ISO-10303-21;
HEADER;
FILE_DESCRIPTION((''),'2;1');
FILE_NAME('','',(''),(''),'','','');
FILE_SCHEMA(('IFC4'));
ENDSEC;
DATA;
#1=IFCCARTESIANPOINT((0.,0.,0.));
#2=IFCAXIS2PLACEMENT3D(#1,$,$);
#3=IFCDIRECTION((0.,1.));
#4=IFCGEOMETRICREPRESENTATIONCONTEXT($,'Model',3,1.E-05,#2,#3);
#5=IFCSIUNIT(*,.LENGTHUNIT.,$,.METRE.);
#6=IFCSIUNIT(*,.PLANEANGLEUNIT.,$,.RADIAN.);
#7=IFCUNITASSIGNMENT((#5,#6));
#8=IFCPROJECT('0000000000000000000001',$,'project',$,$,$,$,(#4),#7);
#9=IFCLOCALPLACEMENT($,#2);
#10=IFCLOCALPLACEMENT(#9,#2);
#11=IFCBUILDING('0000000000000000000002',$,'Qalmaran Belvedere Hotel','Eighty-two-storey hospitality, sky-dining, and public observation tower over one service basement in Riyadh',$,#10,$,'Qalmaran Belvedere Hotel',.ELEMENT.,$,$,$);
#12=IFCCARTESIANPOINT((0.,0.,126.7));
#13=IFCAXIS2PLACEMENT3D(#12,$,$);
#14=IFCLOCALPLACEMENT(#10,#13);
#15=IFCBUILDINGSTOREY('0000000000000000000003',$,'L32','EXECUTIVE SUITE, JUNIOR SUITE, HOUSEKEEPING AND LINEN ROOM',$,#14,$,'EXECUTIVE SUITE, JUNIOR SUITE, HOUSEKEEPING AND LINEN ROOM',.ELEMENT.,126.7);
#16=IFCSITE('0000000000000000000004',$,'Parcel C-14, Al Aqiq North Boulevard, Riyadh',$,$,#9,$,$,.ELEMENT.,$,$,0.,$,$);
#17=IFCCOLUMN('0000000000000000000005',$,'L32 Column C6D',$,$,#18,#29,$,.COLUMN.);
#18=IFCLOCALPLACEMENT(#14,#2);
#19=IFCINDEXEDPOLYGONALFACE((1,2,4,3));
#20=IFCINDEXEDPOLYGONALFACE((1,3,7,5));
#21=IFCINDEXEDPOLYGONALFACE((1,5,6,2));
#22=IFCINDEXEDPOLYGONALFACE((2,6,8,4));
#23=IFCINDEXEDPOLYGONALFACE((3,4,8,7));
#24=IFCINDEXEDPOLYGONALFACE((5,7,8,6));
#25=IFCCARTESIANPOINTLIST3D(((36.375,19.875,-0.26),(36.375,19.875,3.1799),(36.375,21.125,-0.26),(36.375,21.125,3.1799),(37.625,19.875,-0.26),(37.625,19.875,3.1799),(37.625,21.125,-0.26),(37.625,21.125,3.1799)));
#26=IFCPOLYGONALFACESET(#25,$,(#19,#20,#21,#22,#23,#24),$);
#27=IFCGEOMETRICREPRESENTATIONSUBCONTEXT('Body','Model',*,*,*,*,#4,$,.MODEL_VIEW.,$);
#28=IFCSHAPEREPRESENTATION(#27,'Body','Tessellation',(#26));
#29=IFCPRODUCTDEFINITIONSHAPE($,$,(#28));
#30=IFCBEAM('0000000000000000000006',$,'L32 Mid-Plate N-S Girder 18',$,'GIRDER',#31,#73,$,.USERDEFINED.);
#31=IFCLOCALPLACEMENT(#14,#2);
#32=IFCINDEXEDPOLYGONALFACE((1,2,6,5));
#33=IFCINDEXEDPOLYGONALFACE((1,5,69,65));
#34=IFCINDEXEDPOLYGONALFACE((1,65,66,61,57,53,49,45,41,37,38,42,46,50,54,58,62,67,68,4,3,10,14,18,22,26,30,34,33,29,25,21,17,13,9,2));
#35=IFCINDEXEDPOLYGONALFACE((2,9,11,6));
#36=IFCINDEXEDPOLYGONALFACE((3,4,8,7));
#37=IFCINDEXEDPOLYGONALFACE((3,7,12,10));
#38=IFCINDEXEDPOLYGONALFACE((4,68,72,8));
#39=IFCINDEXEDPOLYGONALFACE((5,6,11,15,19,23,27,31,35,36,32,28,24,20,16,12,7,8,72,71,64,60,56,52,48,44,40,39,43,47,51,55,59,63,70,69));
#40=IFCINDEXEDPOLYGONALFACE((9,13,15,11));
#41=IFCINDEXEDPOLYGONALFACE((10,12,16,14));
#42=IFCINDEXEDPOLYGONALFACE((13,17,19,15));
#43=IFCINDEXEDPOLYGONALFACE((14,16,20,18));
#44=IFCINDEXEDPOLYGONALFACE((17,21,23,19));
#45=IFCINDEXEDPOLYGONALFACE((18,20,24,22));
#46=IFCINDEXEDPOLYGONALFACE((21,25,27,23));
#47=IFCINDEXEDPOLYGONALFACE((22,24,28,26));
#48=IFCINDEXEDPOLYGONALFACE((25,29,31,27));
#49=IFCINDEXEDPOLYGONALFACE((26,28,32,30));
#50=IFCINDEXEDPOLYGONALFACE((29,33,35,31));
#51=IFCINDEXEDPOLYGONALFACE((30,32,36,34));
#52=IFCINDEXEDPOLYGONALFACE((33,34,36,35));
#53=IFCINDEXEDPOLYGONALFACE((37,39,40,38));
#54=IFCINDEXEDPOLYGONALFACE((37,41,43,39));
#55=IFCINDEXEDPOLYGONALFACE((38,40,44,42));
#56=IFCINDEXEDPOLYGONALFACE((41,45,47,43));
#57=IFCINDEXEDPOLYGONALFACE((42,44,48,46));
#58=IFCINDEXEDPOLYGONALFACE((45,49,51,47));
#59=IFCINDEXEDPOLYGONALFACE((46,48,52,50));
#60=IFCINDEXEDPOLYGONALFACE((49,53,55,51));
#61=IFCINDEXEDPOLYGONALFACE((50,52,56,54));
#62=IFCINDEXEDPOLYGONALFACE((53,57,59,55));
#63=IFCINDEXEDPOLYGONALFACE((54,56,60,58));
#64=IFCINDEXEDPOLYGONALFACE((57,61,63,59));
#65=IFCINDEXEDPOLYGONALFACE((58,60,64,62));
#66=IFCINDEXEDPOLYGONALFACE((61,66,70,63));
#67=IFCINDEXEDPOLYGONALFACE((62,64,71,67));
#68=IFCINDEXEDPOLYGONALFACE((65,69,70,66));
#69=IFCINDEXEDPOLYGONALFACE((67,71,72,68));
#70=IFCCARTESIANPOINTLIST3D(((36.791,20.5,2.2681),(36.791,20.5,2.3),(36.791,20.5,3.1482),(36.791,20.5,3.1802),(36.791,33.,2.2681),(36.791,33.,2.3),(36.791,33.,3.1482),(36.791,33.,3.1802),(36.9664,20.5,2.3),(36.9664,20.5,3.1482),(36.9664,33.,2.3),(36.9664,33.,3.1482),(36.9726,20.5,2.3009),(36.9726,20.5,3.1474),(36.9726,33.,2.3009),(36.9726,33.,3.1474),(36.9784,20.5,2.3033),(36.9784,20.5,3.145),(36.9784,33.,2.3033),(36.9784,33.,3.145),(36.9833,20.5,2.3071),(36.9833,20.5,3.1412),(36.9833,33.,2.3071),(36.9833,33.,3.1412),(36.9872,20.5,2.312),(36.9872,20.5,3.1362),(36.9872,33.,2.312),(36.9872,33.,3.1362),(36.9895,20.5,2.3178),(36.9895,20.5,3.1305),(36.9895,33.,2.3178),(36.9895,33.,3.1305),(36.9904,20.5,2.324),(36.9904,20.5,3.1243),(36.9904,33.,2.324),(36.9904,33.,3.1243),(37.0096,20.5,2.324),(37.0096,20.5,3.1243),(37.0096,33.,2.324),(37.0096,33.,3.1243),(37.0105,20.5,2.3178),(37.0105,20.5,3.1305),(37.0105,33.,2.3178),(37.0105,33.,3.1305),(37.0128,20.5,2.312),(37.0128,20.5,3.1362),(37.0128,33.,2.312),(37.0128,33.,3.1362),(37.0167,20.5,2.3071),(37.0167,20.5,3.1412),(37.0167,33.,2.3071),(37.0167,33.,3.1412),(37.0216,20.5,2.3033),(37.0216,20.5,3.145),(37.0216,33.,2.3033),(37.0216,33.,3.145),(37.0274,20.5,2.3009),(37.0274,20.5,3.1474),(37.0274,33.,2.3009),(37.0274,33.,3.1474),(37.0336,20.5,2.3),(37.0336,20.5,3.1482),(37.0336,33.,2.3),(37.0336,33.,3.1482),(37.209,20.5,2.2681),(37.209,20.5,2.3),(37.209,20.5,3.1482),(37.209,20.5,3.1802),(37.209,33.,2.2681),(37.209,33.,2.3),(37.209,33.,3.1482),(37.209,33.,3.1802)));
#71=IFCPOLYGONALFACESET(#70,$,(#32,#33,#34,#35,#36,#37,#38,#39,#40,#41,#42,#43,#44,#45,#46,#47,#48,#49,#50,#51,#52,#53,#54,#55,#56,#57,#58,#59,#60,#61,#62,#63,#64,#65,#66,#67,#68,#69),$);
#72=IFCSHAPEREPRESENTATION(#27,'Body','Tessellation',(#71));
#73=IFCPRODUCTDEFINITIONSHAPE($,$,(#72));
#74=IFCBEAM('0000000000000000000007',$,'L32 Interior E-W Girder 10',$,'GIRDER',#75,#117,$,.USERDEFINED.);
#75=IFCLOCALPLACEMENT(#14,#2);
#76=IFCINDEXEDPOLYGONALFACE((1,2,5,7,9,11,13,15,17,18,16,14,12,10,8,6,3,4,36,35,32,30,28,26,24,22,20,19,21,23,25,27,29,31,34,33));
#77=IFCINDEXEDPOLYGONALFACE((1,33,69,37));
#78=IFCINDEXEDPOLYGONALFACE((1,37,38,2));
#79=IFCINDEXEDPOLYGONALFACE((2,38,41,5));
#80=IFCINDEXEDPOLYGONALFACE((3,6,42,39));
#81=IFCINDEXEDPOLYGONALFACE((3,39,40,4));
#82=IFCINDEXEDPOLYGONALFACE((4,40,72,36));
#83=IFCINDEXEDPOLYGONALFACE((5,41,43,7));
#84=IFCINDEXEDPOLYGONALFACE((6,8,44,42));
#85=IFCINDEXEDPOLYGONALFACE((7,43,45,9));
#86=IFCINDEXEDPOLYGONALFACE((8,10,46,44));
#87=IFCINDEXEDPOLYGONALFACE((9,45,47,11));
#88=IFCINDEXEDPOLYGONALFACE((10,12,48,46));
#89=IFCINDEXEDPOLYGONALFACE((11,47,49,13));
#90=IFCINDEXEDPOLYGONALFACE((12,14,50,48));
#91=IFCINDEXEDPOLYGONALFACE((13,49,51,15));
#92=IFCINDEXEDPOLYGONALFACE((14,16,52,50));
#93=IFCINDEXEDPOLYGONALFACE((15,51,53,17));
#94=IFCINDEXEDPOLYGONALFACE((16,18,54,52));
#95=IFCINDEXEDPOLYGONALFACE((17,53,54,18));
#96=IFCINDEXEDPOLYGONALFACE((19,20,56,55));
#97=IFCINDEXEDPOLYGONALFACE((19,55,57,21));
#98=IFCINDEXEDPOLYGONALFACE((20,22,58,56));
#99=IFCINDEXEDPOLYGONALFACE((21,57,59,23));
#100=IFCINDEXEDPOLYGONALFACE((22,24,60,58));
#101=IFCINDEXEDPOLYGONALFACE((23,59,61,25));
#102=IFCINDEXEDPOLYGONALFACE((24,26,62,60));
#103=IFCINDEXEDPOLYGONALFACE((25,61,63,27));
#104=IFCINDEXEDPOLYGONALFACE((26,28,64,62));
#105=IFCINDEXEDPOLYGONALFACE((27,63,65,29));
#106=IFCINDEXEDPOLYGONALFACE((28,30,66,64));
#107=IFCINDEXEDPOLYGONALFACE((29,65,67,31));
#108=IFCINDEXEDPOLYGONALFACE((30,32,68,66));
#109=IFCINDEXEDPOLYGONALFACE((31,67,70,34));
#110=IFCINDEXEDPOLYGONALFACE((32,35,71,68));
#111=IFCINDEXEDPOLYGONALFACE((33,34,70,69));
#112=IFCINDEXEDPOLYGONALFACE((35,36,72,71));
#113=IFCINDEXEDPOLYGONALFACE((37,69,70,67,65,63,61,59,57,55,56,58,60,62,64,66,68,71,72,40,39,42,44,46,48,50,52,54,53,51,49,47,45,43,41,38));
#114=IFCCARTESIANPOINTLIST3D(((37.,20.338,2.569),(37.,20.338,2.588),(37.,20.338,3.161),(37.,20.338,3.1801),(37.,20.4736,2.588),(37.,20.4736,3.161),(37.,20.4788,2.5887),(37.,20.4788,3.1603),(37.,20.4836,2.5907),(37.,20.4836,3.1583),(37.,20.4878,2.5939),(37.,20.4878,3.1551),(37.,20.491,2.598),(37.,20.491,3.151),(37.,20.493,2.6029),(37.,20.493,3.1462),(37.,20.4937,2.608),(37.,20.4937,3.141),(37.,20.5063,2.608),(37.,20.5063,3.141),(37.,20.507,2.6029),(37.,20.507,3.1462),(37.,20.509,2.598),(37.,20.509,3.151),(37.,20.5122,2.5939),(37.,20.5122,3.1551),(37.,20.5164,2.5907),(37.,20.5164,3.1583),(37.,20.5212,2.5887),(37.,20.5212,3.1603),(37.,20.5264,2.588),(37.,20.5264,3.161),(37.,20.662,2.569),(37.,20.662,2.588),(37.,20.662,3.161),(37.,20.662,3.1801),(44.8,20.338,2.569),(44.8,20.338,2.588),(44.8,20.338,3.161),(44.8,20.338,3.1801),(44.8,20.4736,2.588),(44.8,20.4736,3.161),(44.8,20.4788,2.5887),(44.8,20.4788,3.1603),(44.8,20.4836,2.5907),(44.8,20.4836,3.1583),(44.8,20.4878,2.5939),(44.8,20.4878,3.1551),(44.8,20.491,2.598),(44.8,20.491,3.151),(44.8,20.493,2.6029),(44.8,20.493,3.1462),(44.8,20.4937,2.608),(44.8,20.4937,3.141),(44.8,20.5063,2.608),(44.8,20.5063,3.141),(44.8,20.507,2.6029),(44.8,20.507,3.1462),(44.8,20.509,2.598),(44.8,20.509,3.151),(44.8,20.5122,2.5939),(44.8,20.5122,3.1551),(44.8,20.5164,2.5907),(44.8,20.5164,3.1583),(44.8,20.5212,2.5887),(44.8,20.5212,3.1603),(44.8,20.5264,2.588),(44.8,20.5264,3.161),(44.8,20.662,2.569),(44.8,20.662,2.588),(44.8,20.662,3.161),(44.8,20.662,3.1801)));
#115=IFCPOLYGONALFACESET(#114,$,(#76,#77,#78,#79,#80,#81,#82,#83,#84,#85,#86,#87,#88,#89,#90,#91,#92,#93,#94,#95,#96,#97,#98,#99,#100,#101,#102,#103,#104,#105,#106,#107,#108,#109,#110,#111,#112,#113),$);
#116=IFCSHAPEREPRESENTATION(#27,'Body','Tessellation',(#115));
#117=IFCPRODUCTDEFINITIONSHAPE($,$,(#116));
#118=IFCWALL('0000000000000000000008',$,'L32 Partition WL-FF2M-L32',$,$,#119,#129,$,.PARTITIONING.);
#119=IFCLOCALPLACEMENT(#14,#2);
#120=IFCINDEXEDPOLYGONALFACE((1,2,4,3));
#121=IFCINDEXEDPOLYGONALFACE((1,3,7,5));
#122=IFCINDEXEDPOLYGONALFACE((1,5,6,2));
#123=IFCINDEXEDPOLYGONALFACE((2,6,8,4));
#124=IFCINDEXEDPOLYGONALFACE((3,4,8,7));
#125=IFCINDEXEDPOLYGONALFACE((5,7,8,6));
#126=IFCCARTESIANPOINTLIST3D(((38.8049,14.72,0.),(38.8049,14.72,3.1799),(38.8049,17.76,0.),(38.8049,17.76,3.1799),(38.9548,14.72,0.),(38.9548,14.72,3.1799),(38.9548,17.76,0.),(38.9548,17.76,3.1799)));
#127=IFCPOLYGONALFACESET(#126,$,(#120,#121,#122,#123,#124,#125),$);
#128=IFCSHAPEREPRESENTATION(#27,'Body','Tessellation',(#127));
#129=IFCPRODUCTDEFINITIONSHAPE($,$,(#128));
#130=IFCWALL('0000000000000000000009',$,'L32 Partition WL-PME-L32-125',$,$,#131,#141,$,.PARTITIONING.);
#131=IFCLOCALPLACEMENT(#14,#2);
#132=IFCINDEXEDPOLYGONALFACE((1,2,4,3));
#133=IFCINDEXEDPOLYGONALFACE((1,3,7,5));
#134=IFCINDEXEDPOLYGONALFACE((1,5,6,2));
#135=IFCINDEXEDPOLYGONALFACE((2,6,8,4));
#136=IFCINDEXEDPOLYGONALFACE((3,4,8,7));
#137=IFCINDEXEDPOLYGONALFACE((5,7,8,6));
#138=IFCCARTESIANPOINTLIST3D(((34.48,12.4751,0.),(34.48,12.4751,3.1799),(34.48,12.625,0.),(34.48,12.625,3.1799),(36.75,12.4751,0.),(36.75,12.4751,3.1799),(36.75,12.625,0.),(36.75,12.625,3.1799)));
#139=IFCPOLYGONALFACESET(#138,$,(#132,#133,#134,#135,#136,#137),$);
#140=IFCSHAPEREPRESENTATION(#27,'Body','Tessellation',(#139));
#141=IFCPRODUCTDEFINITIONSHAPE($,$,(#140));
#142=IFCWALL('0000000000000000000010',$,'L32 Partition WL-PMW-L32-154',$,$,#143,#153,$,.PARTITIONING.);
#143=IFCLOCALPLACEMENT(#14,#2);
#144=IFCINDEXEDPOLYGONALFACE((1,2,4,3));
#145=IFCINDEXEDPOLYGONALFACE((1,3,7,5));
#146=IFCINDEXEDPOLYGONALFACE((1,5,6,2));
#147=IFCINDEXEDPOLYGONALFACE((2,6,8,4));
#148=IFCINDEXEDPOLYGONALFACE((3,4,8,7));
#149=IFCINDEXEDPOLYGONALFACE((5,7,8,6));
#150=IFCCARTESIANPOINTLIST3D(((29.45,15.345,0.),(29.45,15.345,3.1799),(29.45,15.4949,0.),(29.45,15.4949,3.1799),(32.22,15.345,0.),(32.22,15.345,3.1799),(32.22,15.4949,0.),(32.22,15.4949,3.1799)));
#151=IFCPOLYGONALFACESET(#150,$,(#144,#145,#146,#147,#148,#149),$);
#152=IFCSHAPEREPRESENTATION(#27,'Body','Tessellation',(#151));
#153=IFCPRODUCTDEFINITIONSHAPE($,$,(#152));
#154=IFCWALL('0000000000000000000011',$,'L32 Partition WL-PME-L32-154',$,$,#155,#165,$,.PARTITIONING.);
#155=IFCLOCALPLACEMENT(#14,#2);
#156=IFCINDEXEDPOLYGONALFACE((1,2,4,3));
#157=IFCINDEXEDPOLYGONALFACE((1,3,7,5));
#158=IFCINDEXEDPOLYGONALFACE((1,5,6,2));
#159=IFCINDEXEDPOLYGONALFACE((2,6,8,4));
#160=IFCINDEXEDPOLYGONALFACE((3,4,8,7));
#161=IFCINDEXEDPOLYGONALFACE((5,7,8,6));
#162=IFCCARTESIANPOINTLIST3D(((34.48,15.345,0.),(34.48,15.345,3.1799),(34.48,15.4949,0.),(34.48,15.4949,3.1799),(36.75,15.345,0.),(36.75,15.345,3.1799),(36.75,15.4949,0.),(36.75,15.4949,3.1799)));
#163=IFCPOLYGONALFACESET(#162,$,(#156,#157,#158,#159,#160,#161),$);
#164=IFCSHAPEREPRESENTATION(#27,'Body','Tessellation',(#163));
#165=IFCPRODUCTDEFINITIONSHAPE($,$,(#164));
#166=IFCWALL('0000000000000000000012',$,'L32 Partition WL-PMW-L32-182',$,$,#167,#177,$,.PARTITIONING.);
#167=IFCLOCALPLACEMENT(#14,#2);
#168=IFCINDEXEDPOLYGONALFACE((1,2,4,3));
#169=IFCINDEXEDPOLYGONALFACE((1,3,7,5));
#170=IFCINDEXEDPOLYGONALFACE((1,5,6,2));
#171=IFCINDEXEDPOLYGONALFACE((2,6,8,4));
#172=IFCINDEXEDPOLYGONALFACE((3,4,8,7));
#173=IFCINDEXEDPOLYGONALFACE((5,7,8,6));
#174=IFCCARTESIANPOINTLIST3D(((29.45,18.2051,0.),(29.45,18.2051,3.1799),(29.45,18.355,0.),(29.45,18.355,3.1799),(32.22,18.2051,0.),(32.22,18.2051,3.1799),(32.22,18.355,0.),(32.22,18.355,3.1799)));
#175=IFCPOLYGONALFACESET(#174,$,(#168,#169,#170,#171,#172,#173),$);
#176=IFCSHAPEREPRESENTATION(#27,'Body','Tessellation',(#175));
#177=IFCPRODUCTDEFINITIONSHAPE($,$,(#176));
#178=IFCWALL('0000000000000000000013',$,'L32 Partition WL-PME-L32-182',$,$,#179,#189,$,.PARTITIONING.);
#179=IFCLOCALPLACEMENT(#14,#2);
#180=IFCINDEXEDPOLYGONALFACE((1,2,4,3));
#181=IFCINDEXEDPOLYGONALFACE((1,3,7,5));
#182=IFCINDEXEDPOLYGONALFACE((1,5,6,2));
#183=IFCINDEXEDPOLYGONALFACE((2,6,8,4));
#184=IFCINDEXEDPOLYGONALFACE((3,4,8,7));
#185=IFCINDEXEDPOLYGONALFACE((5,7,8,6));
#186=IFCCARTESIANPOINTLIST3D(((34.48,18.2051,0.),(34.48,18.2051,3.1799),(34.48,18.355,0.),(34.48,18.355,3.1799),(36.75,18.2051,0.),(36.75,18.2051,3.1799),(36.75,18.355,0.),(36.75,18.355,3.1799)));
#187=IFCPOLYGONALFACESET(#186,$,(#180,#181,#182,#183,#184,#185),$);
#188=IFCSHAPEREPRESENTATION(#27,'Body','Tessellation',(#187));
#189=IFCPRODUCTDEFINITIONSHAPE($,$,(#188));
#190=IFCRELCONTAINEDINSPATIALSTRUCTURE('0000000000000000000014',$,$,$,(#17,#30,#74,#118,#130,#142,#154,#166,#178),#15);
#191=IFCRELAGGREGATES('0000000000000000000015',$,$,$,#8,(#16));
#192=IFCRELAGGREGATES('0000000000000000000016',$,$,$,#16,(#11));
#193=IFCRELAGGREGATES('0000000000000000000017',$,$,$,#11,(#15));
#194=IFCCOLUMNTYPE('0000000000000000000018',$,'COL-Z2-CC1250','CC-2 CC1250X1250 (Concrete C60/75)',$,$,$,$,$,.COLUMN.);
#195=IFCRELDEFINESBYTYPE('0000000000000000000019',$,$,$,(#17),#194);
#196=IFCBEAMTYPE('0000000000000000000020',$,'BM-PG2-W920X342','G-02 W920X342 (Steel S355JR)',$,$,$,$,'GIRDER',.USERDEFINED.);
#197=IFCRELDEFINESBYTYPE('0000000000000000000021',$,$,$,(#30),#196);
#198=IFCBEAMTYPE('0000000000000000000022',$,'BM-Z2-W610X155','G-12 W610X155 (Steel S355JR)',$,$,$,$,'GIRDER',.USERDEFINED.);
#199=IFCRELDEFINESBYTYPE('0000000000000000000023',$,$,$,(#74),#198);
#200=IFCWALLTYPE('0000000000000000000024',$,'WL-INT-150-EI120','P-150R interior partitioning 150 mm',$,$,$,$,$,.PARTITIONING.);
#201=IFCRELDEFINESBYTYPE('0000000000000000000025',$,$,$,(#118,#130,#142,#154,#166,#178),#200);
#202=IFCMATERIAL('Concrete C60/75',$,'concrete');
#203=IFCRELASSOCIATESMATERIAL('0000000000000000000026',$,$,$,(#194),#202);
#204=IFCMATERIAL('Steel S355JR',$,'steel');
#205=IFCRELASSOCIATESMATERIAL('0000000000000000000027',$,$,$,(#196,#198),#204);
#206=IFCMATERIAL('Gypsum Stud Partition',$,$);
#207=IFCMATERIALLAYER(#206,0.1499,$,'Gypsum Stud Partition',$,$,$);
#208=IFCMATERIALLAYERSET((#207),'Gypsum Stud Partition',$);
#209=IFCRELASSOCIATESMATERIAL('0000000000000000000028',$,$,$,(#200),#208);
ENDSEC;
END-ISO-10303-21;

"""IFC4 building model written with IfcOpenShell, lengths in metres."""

from ifc_helpers import new_model, si_unit, direction, frame, frame_2d, origin, origin_2d, place, context, subcontext, project, spatial, rectangle, i_section, extrude, material, layer, layer_set, material_profile, profile_set, type_object, element, save


model = new_model("IFC4")

# Units and contexts
model_context = context("Model", 3, precision=1e-05, world=origin(), true_north=direction((0.0, 1.0)))
body_context = subcontext(model_context, "Body", "Model", "MODEL_VIEW")
ifc_project = project(units=[si_unit("LENGTHUNIT", "METRE"), si_unit("PLANEANGLEUNIT", "RADIAN")], contexts=[model_context])

# Site, building, storey
site_placement = place(None, origin())
site = spatial("IfcSite", under=ifc_project, at=site_placement, Name="Parcel C-14, Al Aqiq North Boulevard, Riyadh", CompositionType="ELEMENT", RefElevation=0.0)
building_placement = place(site_placement, origin())
building = spatial("IfcBuilding", under=site, at=building_placement, Name="Qalmaran Belvedere Hotel", Description="Eighty-two-storey hospitality, sky-dining, and public observation tower over one service basement in Riyadh", LongName="Qalmaran Belvedere Hotel", CompositionType="ELEMENT")
storey_placement = place(building_placement, frame((0.0, 0.0, 126.7)))
storey = spatial("IfcBuildingStorey", under=building, at=storey_placement, Name="L32", Description="EXECUTIVE SUITE, JUNIOR SUITE, HOUSEKEEPING AND LINEN ROOM", LongName="EXECUTIVE SUITE, JUNIOR SUITE, HOUSEKEEPING AND LINEN ROOM", CompositionType="ELEMENT", Elevation=126.7)

# Column
ifc_material_1 = material(Name="Concrete C60/75", Category="concrete")
ifc_material_profile_1 = material_profile(ifc_material_1, rectangle(XDim=1.25, YDim=1.25, at=origin_2d()), Name="CC1250X1250")
ifc_profile_set_1 = profile_set([ifc_material_profile_1], Name="Concrete C60/75")
column_type = type_object("IfcColumnType", Name="COL-Z2-CC1250", Description="CC-2 CC1250X1250 (Concrete C60/75)", PredefinedType="COLUMN", material=ifc_profile_set_1)
column_placement = place(storey_placement, frame((37.0, 20.5, -0.26), z_axis=(0.0, 0.0, 1.0), x_axis=(1.0, 0.0, 0.0)))
element("IfcColumn", 1, at=column_placement, inside=storey, type_object=column_type, Name="L32 Column C6D", PredefinedType="COLUMN", context=body_context, shape_type="SweptSolid", body=[
    extrude(rectangle(XDim=1.25, YDim=1.25, at=origin_2d()), origin(), (0.0, 0.0, 1.0), 3.4399),
])

# Beams
ifc_material_2 = material(Name="Steel S355JR", Category="steel")
ifc_material_profile_2 = material_profile(ifc_material_2, i_section(OverallWidth=0.418, OverallDepth=0.9121, WebThickness=0.0193, FlangeThickness=0.032, FilletRadius=0.0239, at=origin_2d()), Name="W920X342")
ifc_profile_set_2 = profile_set([ifc_material_profile_2], Name="Steel S355JR")
beam_type_1 = type_object("IfcBeamType", Name="BM-PG2-W920X342", Description="G-02 W920X342 (Steel S355JR)", ElementType="GIRDER", PredefinedType="USERDEFINED", material=ifc_profile_set_2)
beam_1_placement = place(storey_placement, frame((37.0, 20.5, 2.7241), z_axis=(0.0, 1.0, 0.0), x_axis=(-1.0, 0.0, 0.0)))
element("IfcBeam", 2, at=beam_1_placement, inside=storey, type_object=beam_type_1, Name="L32 Mid-Plate N-S Girder 18", ObjectType="GIRDER", PredefinedType="USERDEFINED", context=body_context, shape_type="SweptSolid", body=[
    extrude(i_section(OverallWidth=0.418, OverallDepth=0.9121, WebThickness=0.0193, FlangeThickness=0.032, FilletRadius=0.0239, at=origin_2d()), origin(), (0.0, 0.0, 1.0), 12.5),
])
ifc_material_profile_3 = material_profile(ifc_material_2, i_section(OverallWidth=0.324, OverallDepth=0.6111, WebThickness=0.0127, FlangeThickness=0.019, FilletRadius=0.02, at=origin_2d()), Name="W610X155")
ifc_profile_set_3 = profile_set([ifc_material_profile_3], Name="Steel S355JR")
beam_type_2 = type_object("IfcBeamType", Name="BM-Z2-W610X155", Description="G-12 W610X155 (Steel S355JR)", ElementType="GIRDER", PredefinedType="USERDEFINED", material=ifc_profile_set_3)
beam_2_placement = place(storey_placement, frame((37.0, 20.5, 2.8745), z_axis=(1.0, 0.0, 0.0), x_axis=(0.0, 1.0, 0.0)))
element("IfcBeam", 3, at=beam_2_placement, inside=storey, type_object=beam_type_2, Name="L32 Interior E-W Girder 10", ObjectType="GIRDER", PredefinedType="USERDEFINED", context=body_context, shape_type="SweptSolid", body=[
    extrude(i_section(OverallWidth=0.324, OverallDepth=0.6111, WebThickness=0.0127, FlangeThickness=0.019, FilletRadius=0.02, at=origin_2d()), origin(), (0.0, 0.0, 1.0), 7.8),
])

# Walls
ifc_material_3 = material(Name="Gypsum Stud Partition")
ifc_layer_1 = layer(ifc_material_3, 0.1499, Name="Gypsum Stud Partition")
ifc_layer_set_1 = layer_set([ifc_layer_1], Name="Gypsum Stud Partition")
wall_type_1 = type_object("IfcWallType", Name="WL-INT-150-EI120", Description="P-150R interior partitioning 150 mm", PredefinedType="PARTITIONING", material=ifc_layer_set_1)
wall_1_placement = place(storey_placement, frame((38.8799, 14.72, 0.0), z_axis=(0.0, 0.0, 1.0), x_axis=(0.0, 1.0, 0.0)))
element("IfcWall", 4, at=wall_1_placement, inside=storey, type_object=wall_type_1, Name="L32 Partition WL-FF2M-L32", PredefinedType="PARTITIONING", context=body_context, shape_type="SweptSolid", body=[
    extrude(rectangle(XDim=3.04, YDim=0.1499, at=frame_2d((1.52, 0.0))), origin(), (0.0, 0.0, 1.0), 3.1799),
])
wall_2_placement = place(storey_placement, frame((34.48, 12.55, 0.0), z_axis=(0.0, 0.0, 1.0), x_axis=(1.0, 0.0, 0.0)))
element("IfcWall", 5, at=wall_2_placement, inside=storey, type_object=wall_type_1, Name="L32 Partition WL-PME-L32-125", PredefinedType="PARTITIONING", context=body_context, shape_type="SweptSolid", body=[
    extrude(rectangle(XDim=2.27, YDim=0.1499, at=frame_2d((1.135, 0.0))), origin(), (0.0, 0.0, 1.0), 3.1799),
])
wall_3_placement = place(storey_placement, frame((29.45, 15.4199, 0.0), z_axis=(0.0, 0.0, 1.0), x_axis=(1.0, 0.0, 0.0)))
element("IfcWall", 6, at=wall_3_placement, inside=storey, type_object=wall_type_1, Name="L32 Partition WL-PMW-L32-154", PredefinedType="PARTITIONING", context=body_context, shape_type="SweptSolid", body=[
    extrude(rectangle(XDim=2.77, YDim=0.1499, at=frame_2d((1.385, 0.0))), origin(), (0.0, 0.0, 1.0), 3.1799),
])
wall_4_placement = place(storey_placement, frame((34.48, 15.4199, 0.0), z_axis=(0.0, 0.0, 1.0), x_axis=(1.0, 0.0, 0.0)))
element("IfcWall", 7, at=wall_4_placement, inside=storey, type_object=wall_type_1, Name="L32 Partition WL-PME-L32-154", PredefinedType="PARTITIONING", context=body_context, shape_type="SweptSolid", body=[
    extrude(rectangle(XDim=2.27, YDim=0.1499, at=frame_2d((1.135, 0.0))), origin(), (0.0, 0.0, 1.0), 3.1799),
])
wall_5_placement = place(storey_placement, frame((29.45, 18.28, 0.0), z_axis=(0.0, 0.0, 1.0), x_axis=(1.0, 0.0, 0.0)))
element("IfcWall", 8, at=wall_5_placement, inside=storey, type_object=wall_type_1, Name="L32 Partition WL-PMW-L32-182", PredefinedType="PARTITIONING", context=body_context, shape_type="SweptSolid", body=[
    extrude(rectangle(XDim=2.77, YDim=0.1499, at=frame_2d((1.385, 0.0))), origin(), (0.0, 0.0, 1.0), 3.1799),
])
wall_6_placement = place(storey_placement, frame((34.48, 18.28, 0.0), z_axis=(0.0, 0.0, 1.0), x_axis=(1.0, 0.0, 0.0)))
element("IfcWall", 9, at=wall_6_placement, inside=storey, type_object=wall_type_1, Name="L32 Partition WL-PME-L32-182", PredefinedType="PARTITIONING", context=body_context, shape_type="SweptSolid", body=[
    extrude(rectangle(XDim=2.27, YDim=0.1499, at=frame_2d((1.135, 0.0))), origin(), (0.0, 0.0, 1.0), 3.1799),
])

save(model, "model.ifc")
